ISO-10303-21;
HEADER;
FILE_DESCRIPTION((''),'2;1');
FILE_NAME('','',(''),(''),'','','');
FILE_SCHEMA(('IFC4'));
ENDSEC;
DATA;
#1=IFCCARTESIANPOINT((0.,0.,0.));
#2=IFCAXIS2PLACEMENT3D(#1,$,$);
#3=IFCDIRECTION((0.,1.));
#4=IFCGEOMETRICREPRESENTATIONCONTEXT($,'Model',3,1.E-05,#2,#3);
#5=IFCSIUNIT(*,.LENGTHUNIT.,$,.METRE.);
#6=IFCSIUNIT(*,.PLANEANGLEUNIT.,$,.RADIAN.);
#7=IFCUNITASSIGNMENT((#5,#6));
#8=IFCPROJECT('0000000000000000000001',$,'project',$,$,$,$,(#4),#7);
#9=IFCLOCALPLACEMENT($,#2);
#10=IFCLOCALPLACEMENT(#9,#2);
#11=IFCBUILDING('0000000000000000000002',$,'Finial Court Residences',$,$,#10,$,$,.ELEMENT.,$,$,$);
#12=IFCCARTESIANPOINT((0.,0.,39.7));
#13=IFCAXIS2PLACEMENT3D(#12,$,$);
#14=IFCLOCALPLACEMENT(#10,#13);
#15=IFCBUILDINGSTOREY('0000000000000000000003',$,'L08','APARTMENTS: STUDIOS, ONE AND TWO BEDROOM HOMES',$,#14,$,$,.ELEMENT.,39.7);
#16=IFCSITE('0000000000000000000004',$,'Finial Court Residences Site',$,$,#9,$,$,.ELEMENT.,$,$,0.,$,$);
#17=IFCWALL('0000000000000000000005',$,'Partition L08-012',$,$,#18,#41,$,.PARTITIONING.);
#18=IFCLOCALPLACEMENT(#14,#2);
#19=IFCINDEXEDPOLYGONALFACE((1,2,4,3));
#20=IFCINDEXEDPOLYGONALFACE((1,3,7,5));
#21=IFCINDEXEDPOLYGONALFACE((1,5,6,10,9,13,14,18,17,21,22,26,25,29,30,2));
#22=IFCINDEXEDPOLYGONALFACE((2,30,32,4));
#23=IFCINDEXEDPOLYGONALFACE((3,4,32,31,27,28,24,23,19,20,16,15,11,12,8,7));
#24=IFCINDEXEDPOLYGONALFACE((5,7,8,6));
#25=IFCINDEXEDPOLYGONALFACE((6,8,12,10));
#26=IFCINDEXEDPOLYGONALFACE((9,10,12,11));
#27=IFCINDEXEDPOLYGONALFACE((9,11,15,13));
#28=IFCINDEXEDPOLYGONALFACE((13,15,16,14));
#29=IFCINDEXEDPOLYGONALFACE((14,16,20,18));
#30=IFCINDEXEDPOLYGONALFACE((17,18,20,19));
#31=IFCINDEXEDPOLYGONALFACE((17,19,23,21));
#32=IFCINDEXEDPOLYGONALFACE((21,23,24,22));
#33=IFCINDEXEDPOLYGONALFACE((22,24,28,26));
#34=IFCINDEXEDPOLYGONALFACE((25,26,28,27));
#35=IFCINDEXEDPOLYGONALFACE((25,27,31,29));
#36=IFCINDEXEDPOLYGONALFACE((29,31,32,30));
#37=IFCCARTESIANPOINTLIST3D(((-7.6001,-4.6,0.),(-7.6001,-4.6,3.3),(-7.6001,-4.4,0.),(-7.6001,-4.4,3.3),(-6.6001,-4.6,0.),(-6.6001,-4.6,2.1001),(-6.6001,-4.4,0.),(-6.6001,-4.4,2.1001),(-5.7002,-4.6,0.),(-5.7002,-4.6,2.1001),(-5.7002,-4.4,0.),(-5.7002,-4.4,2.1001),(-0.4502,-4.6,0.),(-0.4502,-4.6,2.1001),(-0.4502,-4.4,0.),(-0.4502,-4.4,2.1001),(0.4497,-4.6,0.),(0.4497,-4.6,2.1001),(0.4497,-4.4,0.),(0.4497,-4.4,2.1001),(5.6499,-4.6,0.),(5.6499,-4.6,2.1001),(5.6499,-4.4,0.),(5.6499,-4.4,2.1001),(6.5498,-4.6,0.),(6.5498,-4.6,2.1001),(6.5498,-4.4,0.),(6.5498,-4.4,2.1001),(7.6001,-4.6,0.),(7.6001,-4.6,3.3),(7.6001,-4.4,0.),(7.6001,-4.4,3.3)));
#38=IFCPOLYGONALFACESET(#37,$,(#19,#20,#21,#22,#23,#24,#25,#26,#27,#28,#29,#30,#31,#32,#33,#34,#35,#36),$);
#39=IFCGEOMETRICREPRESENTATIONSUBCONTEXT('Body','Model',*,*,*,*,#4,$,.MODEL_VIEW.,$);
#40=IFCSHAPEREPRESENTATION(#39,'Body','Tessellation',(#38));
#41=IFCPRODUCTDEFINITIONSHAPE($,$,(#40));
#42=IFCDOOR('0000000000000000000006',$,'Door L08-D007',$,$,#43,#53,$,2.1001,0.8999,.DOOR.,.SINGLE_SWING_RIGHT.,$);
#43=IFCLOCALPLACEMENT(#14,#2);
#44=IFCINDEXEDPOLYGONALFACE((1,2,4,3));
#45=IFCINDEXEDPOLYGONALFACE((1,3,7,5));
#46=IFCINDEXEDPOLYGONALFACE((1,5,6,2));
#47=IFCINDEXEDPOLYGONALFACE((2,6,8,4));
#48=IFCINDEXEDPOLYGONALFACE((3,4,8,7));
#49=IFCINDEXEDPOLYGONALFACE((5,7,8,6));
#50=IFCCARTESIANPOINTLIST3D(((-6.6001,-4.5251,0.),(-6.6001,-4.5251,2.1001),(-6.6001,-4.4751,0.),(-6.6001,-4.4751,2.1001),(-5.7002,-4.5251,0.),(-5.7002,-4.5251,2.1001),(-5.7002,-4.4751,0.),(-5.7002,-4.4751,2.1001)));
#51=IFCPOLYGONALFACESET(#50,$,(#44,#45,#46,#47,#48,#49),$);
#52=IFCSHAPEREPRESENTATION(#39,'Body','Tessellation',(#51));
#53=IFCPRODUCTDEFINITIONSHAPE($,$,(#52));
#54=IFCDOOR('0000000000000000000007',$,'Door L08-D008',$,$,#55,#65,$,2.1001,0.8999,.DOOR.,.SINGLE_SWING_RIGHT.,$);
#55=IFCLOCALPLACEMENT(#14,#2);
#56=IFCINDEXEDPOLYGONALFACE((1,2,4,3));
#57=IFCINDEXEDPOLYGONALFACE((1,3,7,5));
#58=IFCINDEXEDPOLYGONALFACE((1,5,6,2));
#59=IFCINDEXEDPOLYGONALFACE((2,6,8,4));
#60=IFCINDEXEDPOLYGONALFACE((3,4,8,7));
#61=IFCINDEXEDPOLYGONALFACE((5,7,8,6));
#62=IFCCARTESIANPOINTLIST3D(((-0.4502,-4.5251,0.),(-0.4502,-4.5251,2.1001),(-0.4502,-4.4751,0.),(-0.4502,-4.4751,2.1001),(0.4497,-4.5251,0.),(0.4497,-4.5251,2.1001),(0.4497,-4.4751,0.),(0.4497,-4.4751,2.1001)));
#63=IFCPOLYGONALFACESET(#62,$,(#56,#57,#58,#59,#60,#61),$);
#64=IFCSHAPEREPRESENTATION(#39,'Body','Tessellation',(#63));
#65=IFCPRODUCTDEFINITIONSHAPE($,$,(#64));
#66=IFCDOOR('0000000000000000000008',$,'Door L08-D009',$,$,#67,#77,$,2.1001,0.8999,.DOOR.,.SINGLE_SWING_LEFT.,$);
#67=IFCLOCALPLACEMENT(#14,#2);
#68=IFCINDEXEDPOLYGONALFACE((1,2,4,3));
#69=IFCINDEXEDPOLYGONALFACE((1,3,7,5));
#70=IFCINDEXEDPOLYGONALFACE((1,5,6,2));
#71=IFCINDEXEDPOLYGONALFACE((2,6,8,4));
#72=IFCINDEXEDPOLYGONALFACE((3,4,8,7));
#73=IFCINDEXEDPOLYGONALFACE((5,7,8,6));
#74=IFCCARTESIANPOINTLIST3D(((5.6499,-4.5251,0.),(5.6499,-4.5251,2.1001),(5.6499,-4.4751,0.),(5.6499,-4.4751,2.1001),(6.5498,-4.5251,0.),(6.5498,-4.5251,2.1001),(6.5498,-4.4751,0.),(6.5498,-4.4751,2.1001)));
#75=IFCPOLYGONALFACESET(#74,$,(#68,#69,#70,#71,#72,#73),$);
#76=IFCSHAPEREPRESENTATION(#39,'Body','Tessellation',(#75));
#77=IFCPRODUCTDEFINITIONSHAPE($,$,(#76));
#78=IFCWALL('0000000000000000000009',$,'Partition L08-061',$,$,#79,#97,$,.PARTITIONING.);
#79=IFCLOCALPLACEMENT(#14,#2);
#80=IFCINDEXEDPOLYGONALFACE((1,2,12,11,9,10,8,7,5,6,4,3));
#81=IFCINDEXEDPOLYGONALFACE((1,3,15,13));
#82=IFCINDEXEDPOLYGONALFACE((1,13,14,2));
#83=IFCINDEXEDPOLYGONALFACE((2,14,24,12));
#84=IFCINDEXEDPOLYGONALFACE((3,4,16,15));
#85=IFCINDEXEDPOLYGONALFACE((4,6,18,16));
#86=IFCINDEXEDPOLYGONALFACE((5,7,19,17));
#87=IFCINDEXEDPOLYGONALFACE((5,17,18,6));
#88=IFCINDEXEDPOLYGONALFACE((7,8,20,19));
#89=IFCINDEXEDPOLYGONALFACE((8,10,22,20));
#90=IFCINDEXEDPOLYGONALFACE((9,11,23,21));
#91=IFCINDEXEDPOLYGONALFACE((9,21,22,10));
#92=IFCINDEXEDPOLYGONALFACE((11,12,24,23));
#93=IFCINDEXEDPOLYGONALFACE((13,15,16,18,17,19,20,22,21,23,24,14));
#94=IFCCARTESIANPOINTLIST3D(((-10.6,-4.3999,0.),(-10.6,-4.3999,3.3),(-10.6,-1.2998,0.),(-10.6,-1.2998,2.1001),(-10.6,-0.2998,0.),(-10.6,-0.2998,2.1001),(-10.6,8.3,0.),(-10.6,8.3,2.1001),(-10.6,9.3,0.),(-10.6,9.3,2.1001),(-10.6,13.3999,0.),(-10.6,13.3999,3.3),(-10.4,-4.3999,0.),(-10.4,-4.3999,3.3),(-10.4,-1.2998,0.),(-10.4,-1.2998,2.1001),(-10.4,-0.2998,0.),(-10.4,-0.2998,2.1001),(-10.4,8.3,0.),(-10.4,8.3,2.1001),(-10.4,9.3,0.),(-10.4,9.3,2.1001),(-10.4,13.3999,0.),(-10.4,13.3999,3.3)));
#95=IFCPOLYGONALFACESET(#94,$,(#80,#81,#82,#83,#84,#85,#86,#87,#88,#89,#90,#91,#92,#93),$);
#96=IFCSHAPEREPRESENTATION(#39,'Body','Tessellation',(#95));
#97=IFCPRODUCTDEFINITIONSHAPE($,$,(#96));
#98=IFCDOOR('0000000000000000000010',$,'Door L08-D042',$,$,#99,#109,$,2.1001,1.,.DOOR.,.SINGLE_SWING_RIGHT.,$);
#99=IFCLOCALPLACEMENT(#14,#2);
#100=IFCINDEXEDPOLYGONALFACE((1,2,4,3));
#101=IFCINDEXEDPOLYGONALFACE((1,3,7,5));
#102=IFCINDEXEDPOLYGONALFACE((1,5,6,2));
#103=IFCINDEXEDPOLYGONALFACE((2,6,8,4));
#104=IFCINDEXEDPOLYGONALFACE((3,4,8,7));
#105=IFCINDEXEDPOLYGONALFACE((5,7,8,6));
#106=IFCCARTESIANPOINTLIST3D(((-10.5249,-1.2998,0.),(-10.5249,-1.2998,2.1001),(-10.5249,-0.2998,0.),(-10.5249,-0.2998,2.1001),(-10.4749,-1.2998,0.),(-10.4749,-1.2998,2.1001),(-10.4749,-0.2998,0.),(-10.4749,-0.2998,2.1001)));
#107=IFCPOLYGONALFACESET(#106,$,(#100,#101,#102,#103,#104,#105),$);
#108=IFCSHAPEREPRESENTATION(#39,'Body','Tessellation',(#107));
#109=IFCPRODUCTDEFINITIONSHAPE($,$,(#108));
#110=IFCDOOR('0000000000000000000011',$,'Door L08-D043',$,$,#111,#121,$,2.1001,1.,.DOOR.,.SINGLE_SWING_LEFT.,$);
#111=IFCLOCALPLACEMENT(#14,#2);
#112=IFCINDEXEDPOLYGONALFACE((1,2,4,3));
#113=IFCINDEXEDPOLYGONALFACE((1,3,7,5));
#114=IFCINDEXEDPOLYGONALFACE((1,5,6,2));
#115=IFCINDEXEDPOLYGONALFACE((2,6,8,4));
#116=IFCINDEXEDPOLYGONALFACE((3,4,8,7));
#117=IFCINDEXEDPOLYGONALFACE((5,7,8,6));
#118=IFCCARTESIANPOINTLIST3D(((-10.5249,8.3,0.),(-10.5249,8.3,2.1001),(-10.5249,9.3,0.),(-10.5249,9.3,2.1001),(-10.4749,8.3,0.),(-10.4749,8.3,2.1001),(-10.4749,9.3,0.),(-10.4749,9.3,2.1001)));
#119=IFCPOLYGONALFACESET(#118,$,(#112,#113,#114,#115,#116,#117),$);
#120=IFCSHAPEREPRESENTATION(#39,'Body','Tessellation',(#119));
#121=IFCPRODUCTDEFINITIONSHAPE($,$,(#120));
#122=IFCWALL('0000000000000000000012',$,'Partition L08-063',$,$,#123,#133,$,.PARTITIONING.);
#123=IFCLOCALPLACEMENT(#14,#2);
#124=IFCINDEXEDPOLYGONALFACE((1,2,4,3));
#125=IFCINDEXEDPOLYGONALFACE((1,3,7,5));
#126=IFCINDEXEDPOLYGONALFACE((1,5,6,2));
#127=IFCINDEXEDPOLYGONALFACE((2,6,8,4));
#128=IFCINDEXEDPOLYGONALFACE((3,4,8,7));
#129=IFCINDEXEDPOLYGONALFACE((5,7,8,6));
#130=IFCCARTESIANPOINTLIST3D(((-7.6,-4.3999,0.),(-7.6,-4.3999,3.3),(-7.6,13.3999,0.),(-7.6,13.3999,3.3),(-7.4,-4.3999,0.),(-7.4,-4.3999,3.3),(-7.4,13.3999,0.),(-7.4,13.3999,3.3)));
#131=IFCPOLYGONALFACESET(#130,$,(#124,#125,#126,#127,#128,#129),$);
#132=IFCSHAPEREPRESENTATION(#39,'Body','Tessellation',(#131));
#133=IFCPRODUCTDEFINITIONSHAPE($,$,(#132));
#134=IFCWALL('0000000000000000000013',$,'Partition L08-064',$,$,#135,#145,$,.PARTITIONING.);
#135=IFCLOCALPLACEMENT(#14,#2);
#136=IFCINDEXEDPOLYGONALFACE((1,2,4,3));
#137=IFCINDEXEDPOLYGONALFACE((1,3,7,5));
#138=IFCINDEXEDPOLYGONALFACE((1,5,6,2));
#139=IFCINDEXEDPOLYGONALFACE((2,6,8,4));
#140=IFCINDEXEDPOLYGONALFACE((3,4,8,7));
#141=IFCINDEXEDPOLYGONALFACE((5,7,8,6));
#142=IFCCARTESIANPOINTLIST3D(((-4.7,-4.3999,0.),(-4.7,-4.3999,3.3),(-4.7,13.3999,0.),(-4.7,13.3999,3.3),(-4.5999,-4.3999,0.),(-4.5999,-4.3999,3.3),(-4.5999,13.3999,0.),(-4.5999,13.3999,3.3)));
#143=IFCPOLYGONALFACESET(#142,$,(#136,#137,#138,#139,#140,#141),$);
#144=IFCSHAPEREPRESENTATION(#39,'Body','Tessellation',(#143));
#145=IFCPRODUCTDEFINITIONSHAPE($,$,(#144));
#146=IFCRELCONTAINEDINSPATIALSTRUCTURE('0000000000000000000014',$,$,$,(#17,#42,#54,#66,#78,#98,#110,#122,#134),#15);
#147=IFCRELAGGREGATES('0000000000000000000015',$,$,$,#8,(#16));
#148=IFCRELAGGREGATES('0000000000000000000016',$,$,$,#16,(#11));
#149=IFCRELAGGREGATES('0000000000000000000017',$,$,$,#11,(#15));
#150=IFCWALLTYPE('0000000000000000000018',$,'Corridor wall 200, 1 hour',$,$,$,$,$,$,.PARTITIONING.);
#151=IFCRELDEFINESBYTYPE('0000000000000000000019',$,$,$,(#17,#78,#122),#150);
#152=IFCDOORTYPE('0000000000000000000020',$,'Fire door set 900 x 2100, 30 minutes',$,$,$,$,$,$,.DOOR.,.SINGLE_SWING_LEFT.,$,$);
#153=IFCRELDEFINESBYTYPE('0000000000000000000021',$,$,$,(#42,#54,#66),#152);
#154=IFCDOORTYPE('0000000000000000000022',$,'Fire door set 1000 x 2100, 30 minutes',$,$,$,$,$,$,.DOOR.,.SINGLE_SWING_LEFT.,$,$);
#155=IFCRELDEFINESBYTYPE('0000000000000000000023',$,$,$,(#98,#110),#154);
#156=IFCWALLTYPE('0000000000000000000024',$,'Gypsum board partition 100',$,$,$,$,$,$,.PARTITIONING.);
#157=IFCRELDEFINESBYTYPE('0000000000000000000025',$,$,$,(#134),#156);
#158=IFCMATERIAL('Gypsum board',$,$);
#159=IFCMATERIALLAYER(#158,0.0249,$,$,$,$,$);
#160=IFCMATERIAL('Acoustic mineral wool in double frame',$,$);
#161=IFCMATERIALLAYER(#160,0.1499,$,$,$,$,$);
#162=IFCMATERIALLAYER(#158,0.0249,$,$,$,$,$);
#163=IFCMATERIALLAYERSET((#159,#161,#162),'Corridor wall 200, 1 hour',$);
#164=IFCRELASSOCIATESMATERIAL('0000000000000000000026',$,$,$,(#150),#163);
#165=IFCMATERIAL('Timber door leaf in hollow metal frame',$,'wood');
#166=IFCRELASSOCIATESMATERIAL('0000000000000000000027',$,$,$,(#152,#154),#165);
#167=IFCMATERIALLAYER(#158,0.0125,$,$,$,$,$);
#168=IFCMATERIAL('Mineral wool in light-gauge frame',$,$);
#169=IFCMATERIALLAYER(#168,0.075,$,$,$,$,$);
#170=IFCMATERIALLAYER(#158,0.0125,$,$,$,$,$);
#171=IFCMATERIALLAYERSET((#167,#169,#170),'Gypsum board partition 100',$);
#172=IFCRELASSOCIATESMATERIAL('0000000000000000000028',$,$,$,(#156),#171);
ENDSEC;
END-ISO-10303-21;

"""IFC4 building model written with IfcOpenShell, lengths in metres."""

from ifc_helpers import new_model, si_unit, direction, frame, frame_2d, origin, place, context, subcontext, project, spatial, rectangle, extrude, material, layer, layer_set, type_object, element, fill, save


model = new_model("IFC4")

# Units and contexts
model_context = context("Model", 3, precision=1e-05, world=origin(), true_north=direction((0.0, 1.0)))
body_context = subcontext(model_context, "Body", "Model", "MODEL_VIEW")
ifc_project = project(units=[si_unit("LENGTHUNIT", "METRE"), si_unit("PLANEANGLEUNIT", "RADIAN")], contexts=[model_context])

# Site, building, storey
site_placement = place(None, origin())
site = spatial("IfcSite", under=ifc_project, at=site_placement, Name="Finial Court Residences Site", CompositionType="ELEMENT", RefElevation=0.0)
building_placement = place(site_placement, origin())
building = spatial("IfcBuilding", under=site, at=building_placement, Name="Finial Court Residences", CompositionType="ELEMENT")
storey_placement = place(building_placement, frame((0.0, 0.0, 39.7)))
storey = spatial("IfcBuildingStorey", under=building, at=storey_placement, Name="L08", Description="APARTMENTS: STUDIOS, ONE AND TWO BEDROOM HOMES", CompositionType="ELEMENT", Elevation=39.7)

# Walls, openings, doors
ifc_material_1 = material(Name="Gypsum board")
ifc_layer_1 = layer(ifc_material_1, 0.0249)
ifc_material_2 = material(Name="Acoustic mineral wool in double frame")
ifc_layer_2 = layer(ifc_material_2, 0.1499)
ifc_layer_3 = layer(ifc_material_1, 0.0249)
ifc_layer_set_1 = layer_set([ifc_layer_1, ifc_layer_2, ifc_layer_3], Name="Corridor wall 200, 1 hour")
wall_type_1 = type_object("IfcWallType", Name="Corridor wall 200, 1 hour", PredefinedType="PARTITIONING", material=ifc_layer_set_1)
wall_1_placement = place(storey_placement, frame((-7.6001, -4.5, 0.0), z_axis=(0.0, 0.0, 1.0), x_axis=(1.0, 0.0, 0.0)))
wall_1 = element("IfcWall", 1, at=wall_1_placement, inside=storey, type_object=wall_type_1, Name="Partition L08-012", PredefinedType="PARTITIONING", context=body_context, shape_type="SweptSolid", body=[
    extrude(rectangle(XDim=15.2002, YDim=0.2, at=frame_2d((7.6001, 0.0))), origin(), (0.0, 0.0, 1.0), 3.3),
])
opening_1_placement = place(wall_1_placement, frame((1.0, 0.0, 0.0)))
opening_1 = element("IfcOpeningElement", 2, at=opening_1_placement, cuts=wall_1, PredefinedType="OPENING", context=body_context, shape_type="SweptSolid", body=[
    extrude(rectangle(XDim=0.8999, YDim=2.1001, at=frame_2d((0.45, 1.05))), frame((0.0, 0.1099, 0.0), z_axis=(0.0, -1.0, 0.0), x_axis=(1.0, 0.0, 0.0)), (0.0, 0.0, 1.0), 0.22),
])
opening_2_placement = place(wall_1_placement, frame((7.1499, 0.0, 0.0)))
opening_2 = element("IfcOpeningElement", 3, at=opening_2_placement, cuts=wall_1, PredefinedType="OPENING", context=body_context, shape_type="SweptSolid", body=[
    extrude(rectangle(XDim=0.8999, YDim=2.1001, at=frame_2d((0.45, 1.05))), frame((0.0, 0.1099, 0.0), z_axis=(0.0, -1.0, 0.0), x_axis=(1.0, 0.0, 0.0)), (0.0, 0.0, 1.0), 0.22),
])
opening_3_placement = place(wall_1_placement, frame((13.25, 0.0, 0.0)))
opening_3 = element("IfcOpeningElement", 4, at=opening_3_placement, cuts=wall_1, PredefinedType="OPENING", context=body_context, shape_type="SweptSolid", body=[
    extrude(rectangle(XDim=0.8999, YDim=2.1001, at=frame_2d((0.45, 1.05))), frame((0.0, 0.1099, 0.0), z_axis=(0.0, -1.0, 0.0), x_axis=(1.0, 0.0, 0.0)), (0.0, 0.0, 1.0), 0.22),
])
ifc_material_3 = material(Name="Timber door leaf in hollow metal frame", Category="wood")
door_type_1 = type_object("IfcDoorType", Name="Fire door set 900 x 2100, 30 minutes", OperationType="SINGLE_SWING_LEFT", PredefinedType="DOOR", material=ifc_material_3)
door_1_placement = place(opening_1_placement, origin())
door_1 = element("IfcDoor", 5, at=door_1_placement, inside=storey, type_object=door_type_1, Name="Door L08-D007", OperationType="SINGLE_SWING_RIGHT", OverallHeight=2.1001, OverallWidth=0.8999, PredefinedType="DOOR", context=body_context, shape_type="SweptSolid", body=[
    extrude(rectangle(XDim=0.8999, YDim=2.1001, at=frame_2d((0.45, 1.05))), frame((0.0, 0.0249, 0.0), z_axis=(0.0, -1.0, 0.0), x_axis=(1.0, 0.0, 0.0)), (0.0, 0.0, 1.0), 0.05),
])
fill(opening_1, door_1)
door_2_placement = place(opening_2_placement, origin())
door_2 = element("IfcDoor", 6, at=door_2_placement, inside=storey, type_object=door_type_1, Name="Door L08-D008", OperationType="SINGLE_SWING_RIGHT", OverallHeight=2.1001, OverallWidth=0.8999, PredefinedType="DOOR", context=body_context, shape_type="SweptSolid", body=[
    extrude(rectangle(XDim=0.8999, YDim=2.1001, at=frame_2d((0.45, 1.05))), frame((0.0, 0.0249, 0.0), z_axis=(0.0, -1.0, 0.0), x_axis=(1.0, 0.0, 0.0)), (0.0, 0.0, 1.0), 0.05),
])
fill(opening_2, door_2)
door_3_placement = place(opening_3_placement, origin())
door_3 = element("IfcDoor", 7, at=door_3_placement, inside=storey, type_object=door_type_1, Name="Door L08-D009", OperationType="SINGLE_SWING_LEFT", OverallHeight=2.1001, OverallWidth=0.8999, PredefinedType="DOOR", context=body_context, shape_type="SweptSolid", body=[
    extrude(rectangle(XDim=0.8999, YDim=2.1001, at=frame_2d((0.45, 1.05))), frame((0.0, 0.0249, 0.0), z_axis=(0.0, -1.0, 0.0), x_axis=(1.0, 0.0, 0.0)), (0.0, 0.0, 1.0), 0.05),
])
fill(opening_3, door_3)
wall_2_placement = place(storey_placement, frame((-10.5, -4.3999, 0.0), z_axis=(0.0, 0.0, 1.0), x_axis=(0.0, 1.0, 0.0)))
wall_2 = element("IfcWall", 8, at=wall_2_placement, inside=storey, type_object=wall_type_1, Name="Partition L08-061", PredefinedType="PARTITIONING", context=body_context, shape_type="SweptSolid", body=[
    extrude(rectangle(XDim=17.7998, YDim=0.2, at=frame_2d((8.8999, 0.0))), origin(), (0.0, 0.0, 1.0), 3.3),
])
opening_4_placement = place(wall_2_placement, frame((3.1001, 0.0, 0.0)))
opening_4 = element("IfcOpeningElement", 9, at=opening_4_placement, cuts=wall_2, PredefinedType="OPENING", context=body_context, shape_type="SweptSolid", body=[
    extrude(rectangle(XDim=1.0, YDim=2.1001, at=frame_2d((0.5, 1.05))), frame((0.0, 0.1099, 0.0), z_axis=(0.0, -1.0, 0.0), x_axis=(1.0, 0.0, 0.0)), (0.0, 0.0, 1.0), 0.22),
])
opening_5_placement = place(wall_2_placement, frame((12.7, 0.0, 0.0)))
opening_5 = element("IfcOpeningElement", 10, at=opening_5_placement, cuts=wall_2, PredefinedType="OPENING", context=body_context, shape_type="SweptSolid", body=[
    extrude(rectangle(XDim=1.0, YDim=2.1001, at=frame_2d((0.5, 1.05))), frame((0.0, 0.1099, 0.0), z_axis=(0.0, -1.0, 0.0), x_axis=(1.0, 0.0, 0.0)), (0.0, 0.0, 1.0), 0.22),
])
door_type_2 = type_object("IfcDoorType", Name="Fire door set 1000 x 2100, 30 minutes", OperationType="SINGLE_SWING_LEFT", PredefinedType="DOOR", material=ifc_material_3)
door_4_placement = place(opening_4_placement, origin())
door_4 = element("IfcDoor", 11, at=door_4_placement, inside=storey, type_object=door_type_2, Name="Door L08-D042", OperationType="SINGLE_SWING_RIGHT", OverallHeight=2.1001, OverallWidth=1.0, PredefinedType="DOOR", context=body_context, shape_type="SweptSolid", body=[
    extrude(rectangle(XDim=1.0, YDim=2.1001, at=frame_2d((0.5, 1.05))), frame((0.0, 0.0249, 0.0), z_axis=(0.0, -1.0, 0.0), x_axis=(1.0, 0.0, 0.0)), (0.0, 0.0, 1.0), 0.05),
])
fill(opening_4, door_4)
door_5_placement = place(opening_5_placement, origin())
door_5 = element("IfcDoor", 12, at=door_5_placement, inside=storey, type_object=door_type_2, Name="Door L08-D043", OperationType="SINGLE_SWING_LEFT", OverallHeight=2.1001, OverallWidth=1.0, PredefinedType="DOOR", context=body_context, shape_type="SweptSolid", body=[
    extrude(rectangle(XDim=1.0, YDim=2.1001, at=frame_2d((0.5, 1.05))), frame((0.0, 0.0249, 0.0), z_axis=(0.0, -1.0, 0.0), x_axis=(1.0, 0.0, 0.0)), (0.0, 0.0, 1.0), 0.05),
])
fill(opening_5, door_5)

# Walls
wall_3_placement = place(storey_placement, frame((-7.5, -4.3999, 0.0), z_axis=(0.0, 0.0, 1.0), x_axis=(0.0, 1.0, 0.0)))
element("IfcWall", 13, at=wall_3_placement, inside=storey, type_object=wall_type_1, Name="Partition L08-063", PredefinedType="PARTITIONING", context=body_context, shape_type="SweptSolid", body=[
    extrude(rectangle(XDim=17.7998, YDim=0.2, at=frame_2d((8.8999, 0.0))), origin(), (0.0, 0.0, 1.0), 3.3),
])
ifc_layer_4 = layer(ifc_material_1, 0.0125)
ifc_material_4 = material(Name="Mineral wool in light-gauge frame")
ifc_layer_5 = layer(ifc_material_4, 0.075)
ifc_layer_6 = layer(ifc_material_1, 0.0125)
ifc_layer_set_2 = layer_set([ifc_layer_4, ifc_layer_5, ifc_layer_6], Name="Gypsum board partition 100")
wall_type_2 = type_object("IfcWallType", Name="Gypsum board partition 100", PredefinedType="PARTITIONING", material=ifc_layer_set_2)
wall_4_placement = place(storey_placement, frame((-4.6499, -4.3999, 0.0), z_axis=(0.0, 0.0, 1.0), x_axis=(0.0, 1.0, 0.0)))
element("IfcWall", 14, at=wall_4_placement, inside=storey, type_object=wall_type_2, Name="Partition L08-064", PredefinedType="PARTITIONING", context=body_context, shape_type="SweptSolid", body=[
    extrude(rectangle(XDim=17.7998, YDim=0.1001, at=frame_2d((8.8999, 0.0))), origin(), (0.0, 0.0, 1.0), 3.3),
])

save(model, "model.ifc")
